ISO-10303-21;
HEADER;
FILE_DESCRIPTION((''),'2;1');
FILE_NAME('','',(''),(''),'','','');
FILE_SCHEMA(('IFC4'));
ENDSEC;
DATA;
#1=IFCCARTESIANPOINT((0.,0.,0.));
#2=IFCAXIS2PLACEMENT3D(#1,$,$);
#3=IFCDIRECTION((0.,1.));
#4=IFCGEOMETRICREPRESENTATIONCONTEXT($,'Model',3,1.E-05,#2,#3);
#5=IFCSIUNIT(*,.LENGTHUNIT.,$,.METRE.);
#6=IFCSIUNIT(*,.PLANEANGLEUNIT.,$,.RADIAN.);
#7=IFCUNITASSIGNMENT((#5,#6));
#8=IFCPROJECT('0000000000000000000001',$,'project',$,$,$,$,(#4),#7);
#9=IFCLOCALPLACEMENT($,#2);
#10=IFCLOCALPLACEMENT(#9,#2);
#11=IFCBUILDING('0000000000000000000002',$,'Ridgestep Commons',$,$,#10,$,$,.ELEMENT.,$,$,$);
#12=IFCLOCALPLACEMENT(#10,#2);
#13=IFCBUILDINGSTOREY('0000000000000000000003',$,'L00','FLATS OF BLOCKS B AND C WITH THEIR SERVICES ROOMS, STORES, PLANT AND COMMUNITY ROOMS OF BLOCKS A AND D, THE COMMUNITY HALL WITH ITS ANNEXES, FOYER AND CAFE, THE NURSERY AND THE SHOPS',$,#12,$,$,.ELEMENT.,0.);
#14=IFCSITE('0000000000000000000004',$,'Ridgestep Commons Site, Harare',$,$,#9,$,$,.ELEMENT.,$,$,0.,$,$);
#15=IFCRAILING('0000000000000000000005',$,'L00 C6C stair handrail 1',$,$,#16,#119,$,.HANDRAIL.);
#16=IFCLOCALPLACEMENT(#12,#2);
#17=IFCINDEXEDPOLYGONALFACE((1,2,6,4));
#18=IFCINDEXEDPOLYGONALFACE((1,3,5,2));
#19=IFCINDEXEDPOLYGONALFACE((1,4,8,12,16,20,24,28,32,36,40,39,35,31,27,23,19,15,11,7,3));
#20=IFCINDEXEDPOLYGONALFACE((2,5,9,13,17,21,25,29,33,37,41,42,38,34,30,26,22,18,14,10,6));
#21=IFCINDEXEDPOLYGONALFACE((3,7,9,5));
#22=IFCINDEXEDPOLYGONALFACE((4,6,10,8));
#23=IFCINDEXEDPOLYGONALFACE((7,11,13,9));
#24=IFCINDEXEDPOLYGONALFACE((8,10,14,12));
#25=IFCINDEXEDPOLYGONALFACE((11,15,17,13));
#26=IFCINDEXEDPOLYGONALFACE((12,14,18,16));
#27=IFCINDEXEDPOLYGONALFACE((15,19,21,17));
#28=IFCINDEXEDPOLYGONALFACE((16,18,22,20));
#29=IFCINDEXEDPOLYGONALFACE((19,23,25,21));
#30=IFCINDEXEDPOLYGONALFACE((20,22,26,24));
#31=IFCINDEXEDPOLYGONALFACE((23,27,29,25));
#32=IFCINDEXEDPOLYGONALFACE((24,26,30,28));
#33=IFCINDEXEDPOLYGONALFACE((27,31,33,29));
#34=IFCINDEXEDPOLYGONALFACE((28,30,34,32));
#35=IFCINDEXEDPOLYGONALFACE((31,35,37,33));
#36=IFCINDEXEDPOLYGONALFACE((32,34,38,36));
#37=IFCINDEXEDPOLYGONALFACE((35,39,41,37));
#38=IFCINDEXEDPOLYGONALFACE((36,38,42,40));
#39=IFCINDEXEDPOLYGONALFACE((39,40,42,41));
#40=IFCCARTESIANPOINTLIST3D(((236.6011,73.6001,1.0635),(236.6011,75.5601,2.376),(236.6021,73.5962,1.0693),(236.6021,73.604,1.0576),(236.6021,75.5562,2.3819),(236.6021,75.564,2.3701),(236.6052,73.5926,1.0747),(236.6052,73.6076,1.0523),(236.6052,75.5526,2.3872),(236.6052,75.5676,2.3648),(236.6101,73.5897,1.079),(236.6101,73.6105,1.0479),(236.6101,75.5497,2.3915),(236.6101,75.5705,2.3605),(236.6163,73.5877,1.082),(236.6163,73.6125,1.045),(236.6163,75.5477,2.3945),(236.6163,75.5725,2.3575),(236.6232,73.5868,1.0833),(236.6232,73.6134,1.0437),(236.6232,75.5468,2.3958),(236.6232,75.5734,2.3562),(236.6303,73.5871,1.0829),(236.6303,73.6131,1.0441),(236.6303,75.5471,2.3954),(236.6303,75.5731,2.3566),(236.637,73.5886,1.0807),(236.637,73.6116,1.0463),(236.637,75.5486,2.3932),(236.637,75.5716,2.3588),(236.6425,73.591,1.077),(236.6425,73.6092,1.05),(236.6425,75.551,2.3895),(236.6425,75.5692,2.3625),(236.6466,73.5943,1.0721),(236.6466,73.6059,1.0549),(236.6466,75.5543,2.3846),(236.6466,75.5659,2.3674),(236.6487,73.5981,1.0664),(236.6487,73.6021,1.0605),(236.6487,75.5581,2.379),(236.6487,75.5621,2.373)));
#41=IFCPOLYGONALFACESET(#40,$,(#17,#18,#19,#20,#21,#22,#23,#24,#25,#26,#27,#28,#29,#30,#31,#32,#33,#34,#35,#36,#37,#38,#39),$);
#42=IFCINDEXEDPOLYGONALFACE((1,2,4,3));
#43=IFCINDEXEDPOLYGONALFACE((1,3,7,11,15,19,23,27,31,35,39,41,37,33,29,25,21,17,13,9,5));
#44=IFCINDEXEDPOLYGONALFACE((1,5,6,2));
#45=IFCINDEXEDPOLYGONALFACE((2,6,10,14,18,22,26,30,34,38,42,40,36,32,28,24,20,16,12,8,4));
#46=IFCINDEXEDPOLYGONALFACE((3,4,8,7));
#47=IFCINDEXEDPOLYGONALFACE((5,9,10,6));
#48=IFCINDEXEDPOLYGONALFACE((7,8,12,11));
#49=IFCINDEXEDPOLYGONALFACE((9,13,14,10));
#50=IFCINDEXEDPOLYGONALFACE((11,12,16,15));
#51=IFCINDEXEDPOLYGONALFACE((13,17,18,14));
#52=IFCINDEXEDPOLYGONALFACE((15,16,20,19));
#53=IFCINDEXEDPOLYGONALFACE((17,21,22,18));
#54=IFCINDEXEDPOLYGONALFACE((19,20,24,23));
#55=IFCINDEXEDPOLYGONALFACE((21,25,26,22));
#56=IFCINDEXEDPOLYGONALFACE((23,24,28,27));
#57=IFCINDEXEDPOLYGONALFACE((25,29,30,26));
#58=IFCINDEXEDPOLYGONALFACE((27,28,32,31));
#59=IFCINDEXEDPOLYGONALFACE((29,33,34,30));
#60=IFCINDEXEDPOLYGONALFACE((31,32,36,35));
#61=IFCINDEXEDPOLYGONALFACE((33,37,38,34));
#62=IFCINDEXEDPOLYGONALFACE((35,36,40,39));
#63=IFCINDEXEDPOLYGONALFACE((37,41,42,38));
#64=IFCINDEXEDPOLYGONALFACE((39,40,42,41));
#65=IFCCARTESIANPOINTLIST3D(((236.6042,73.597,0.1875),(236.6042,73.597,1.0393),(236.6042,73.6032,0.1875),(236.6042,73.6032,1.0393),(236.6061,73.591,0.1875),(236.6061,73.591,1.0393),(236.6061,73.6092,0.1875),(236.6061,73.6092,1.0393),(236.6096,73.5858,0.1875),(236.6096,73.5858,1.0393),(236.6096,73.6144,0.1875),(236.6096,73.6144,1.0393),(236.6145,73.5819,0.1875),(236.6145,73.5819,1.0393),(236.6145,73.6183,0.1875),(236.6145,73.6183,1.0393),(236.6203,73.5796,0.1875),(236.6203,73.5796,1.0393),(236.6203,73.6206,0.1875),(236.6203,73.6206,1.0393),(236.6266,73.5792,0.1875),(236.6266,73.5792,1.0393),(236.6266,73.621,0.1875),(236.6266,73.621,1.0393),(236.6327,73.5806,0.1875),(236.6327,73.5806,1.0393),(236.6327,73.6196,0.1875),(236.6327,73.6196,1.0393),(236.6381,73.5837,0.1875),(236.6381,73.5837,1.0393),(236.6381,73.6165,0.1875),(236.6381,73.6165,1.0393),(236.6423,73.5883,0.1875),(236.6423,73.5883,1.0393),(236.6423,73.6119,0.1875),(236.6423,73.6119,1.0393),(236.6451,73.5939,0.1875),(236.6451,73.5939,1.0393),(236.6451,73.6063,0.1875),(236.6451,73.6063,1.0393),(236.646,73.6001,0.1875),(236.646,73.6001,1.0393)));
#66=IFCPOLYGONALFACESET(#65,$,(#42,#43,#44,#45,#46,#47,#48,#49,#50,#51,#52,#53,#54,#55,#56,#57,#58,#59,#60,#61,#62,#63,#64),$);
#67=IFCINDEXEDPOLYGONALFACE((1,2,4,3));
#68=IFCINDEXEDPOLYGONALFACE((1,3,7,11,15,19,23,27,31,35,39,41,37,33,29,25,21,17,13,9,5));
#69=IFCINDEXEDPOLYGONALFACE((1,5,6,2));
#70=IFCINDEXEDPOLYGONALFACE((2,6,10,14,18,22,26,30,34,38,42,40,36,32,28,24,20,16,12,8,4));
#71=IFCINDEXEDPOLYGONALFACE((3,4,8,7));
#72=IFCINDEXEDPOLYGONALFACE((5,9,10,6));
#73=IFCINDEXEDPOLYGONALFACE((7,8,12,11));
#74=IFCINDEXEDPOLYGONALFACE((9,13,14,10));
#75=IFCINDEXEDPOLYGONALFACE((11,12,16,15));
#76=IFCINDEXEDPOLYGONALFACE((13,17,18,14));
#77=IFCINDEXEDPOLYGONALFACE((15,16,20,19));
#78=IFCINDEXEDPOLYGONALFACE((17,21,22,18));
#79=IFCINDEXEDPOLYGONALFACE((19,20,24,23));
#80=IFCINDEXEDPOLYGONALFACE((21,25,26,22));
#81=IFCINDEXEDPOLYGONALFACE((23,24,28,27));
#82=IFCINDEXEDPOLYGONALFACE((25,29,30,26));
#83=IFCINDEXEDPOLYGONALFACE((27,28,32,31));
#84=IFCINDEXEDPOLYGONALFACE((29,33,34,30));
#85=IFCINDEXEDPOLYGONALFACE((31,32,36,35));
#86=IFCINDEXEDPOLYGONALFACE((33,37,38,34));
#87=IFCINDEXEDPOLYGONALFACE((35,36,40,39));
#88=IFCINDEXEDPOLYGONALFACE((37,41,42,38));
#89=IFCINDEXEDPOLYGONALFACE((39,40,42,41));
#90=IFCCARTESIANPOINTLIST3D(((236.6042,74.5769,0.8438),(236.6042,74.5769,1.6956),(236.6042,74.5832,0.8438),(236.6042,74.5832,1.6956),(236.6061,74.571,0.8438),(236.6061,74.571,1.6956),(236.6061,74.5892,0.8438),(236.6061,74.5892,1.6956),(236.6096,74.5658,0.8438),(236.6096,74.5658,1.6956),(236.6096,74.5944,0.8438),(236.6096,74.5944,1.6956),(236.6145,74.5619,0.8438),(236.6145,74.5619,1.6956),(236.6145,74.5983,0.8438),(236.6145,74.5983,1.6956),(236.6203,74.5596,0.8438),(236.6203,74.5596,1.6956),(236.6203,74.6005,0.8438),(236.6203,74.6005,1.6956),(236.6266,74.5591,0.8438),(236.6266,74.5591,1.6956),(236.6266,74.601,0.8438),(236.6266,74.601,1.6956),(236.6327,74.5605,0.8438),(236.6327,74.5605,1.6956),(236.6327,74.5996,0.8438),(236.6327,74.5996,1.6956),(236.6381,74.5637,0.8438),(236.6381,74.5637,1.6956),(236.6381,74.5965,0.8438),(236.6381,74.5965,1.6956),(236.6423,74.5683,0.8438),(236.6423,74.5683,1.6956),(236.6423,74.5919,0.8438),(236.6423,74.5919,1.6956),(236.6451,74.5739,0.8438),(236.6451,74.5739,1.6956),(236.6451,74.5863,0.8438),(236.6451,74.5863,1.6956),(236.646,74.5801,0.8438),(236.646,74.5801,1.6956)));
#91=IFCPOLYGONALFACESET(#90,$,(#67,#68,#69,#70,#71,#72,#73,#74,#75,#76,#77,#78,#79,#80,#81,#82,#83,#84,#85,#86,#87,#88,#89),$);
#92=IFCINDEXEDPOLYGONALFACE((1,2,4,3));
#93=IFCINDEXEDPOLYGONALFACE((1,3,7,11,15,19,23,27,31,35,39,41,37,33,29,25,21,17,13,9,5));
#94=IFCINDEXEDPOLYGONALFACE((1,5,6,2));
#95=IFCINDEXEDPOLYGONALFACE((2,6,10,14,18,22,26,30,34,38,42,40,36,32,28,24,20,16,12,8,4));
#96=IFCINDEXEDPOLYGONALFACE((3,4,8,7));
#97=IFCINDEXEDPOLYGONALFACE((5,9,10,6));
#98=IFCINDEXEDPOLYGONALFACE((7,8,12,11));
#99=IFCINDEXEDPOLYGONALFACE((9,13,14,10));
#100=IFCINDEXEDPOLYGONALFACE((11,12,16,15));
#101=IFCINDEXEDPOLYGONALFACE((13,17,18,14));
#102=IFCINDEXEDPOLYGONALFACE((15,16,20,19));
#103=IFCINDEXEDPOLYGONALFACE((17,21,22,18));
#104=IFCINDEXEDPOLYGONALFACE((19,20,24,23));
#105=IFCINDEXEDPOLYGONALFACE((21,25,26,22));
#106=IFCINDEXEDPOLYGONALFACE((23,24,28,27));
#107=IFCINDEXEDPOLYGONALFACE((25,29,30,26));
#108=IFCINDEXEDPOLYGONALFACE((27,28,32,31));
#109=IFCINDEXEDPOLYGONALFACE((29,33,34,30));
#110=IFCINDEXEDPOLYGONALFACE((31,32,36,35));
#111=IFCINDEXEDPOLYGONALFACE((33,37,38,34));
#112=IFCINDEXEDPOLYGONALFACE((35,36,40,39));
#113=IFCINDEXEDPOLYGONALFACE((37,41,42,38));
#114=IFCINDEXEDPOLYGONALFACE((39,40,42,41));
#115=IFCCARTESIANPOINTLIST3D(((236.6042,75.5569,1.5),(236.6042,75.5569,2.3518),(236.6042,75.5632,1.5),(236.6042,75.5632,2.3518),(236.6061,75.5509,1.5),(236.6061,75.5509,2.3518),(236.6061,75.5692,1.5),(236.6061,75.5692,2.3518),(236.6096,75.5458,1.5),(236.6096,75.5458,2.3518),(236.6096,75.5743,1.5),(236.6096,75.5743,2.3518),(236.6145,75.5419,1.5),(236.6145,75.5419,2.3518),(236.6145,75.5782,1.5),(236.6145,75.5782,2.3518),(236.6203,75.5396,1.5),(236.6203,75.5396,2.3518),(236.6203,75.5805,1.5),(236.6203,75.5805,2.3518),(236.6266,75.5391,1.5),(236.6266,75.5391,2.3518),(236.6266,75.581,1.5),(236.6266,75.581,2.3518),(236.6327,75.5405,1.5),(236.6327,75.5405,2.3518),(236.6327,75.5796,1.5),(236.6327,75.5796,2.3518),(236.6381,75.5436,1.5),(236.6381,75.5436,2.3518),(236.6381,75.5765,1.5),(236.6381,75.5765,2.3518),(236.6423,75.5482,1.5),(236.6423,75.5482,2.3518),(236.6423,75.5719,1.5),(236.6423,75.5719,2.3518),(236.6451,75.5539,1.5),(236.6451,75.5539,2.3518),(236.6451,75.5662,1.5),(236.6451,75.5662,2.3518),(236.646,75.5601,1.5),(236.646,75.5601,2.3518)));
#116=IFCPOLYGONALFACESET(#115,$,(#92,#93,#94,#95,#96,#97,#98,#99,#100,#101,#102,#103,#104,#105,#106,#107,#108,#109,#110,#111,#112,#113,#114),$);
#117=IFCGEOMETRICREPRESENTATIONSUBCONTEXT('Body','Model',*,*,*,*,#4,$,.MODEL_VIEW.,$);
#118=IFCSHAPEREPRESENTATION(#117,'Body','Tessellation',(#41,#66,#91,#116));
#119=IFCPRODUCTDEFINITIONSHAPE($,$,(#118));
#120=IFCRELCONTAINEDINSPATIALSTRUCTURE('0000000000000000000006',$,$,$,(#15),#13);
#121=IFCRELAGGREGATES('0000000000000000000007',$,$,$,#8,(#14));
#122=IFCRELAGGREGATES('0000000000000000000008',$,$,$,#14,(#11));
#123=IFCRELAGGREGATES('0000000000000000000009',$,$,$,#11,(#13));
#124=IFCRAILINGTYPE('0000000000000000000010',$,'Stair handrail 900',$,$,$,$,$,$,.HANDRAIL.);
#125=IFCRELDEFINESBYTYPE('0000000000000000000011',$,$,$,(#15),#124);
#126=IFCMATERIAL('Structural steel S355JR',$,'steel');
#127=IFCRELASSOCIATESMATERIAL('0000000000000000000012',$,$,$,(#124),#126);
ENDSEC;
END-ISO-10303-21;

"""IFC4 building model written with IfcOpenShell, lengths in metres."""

from ifc_helpers import new_model, si_unit, direction, frame, origin, origin_2d, place, context, subcontext, project, spatial, circle, extrude, material, type_object, element, save


model = new_model("IFC4")

# Units and contexts
model_context = context("Model", 3, precision=1e-05, world=origin(), true_north=direction((0.0, 1.0)))
body_context = subcontext(model_context, "Body", "Model", "MODEL_VIEW")
ifc_project = project(units=[si_unit("LENGTHUNIT", "METRE"), si_unit("PLANEANGLEUNIT", "RADIAN")], contexts=[model_context])

# Site, building, storey
site_placement = place(None, origin())
site = spatial("IfcSite", under=ifc_project, at=site_placement, Name="Ridgestep Commons Site, Harare", CompositionType="ELEMENT", RefElevation=0.0)
building_placement = place(site_placement, origin())
building = spatial("IfcBuilding", under=site, at=building_placement, Name="Ridgestep Commons", CompositionType="ELEMENT")
storey_placement = place(building_placement, origin())
storey = spatial("IfcBuildingStorey", under=building, at=storey_placement, Name="L00", Description="FLATS OF BLOCKS B AND C WITH THEIR SERVICES ROOMS, STORES, PLANT AND COMMUNITY ROOMS OF BLOCKS A AND D, THE COMMUNITY HALL WITH ITS ANNEXES, FOYER AND CAFE, THE NURSERY AND THE SHOPS", CompositionType="ELEMENT", Elevation=0.0)

# Railing
ifc_material_1 = material(Name="Structural steel S355JR", Category="steel")
railing_type_1 = type_object("IfcRailingType", Name="Stair handrail 900", PredefinedType="HANDRAIL", material=ifc_material_1)
railing_1_placement = place(storey_placement, frame((236.625, 73.6001, 0.1875)))
element("IfcRailing", 1, at=railing_1_placement, inside=storey, type_object=railing_type_1, Name="L00 C6C stair handrail 1", PredefinedType="HANDRAIL", context=body_context, shape_type="SweptSolid", body=[
    extrude(circle(Radius=0.0239, at=origin_2d()), frame((0.0, 0.0, 0.876), z_axis=(0.0, 0.830902, 0.556419), x_axis=(-1.0, 0.0, 0.0)), (0.0, 0.0, 1.0), 2.3589),
    extrude(circle(Radius=0.021, at=origin_2d()), origin(), (0.0, 0.0, 1.0), 0.8518),
    extrude(circle(Radius=0.021, at=origin_2d()), frame((0.0, 0.98, 0.6562)), (0.0, 0.0, 1.0), 0.8518),
    extrude(circle(Radius=0.021, at=origin_2d()), frame((0.0, 1.96, 1.3125)), (0.0, 0.0, 1.0), 0.8518),
])

save(model, "model.ifc")
